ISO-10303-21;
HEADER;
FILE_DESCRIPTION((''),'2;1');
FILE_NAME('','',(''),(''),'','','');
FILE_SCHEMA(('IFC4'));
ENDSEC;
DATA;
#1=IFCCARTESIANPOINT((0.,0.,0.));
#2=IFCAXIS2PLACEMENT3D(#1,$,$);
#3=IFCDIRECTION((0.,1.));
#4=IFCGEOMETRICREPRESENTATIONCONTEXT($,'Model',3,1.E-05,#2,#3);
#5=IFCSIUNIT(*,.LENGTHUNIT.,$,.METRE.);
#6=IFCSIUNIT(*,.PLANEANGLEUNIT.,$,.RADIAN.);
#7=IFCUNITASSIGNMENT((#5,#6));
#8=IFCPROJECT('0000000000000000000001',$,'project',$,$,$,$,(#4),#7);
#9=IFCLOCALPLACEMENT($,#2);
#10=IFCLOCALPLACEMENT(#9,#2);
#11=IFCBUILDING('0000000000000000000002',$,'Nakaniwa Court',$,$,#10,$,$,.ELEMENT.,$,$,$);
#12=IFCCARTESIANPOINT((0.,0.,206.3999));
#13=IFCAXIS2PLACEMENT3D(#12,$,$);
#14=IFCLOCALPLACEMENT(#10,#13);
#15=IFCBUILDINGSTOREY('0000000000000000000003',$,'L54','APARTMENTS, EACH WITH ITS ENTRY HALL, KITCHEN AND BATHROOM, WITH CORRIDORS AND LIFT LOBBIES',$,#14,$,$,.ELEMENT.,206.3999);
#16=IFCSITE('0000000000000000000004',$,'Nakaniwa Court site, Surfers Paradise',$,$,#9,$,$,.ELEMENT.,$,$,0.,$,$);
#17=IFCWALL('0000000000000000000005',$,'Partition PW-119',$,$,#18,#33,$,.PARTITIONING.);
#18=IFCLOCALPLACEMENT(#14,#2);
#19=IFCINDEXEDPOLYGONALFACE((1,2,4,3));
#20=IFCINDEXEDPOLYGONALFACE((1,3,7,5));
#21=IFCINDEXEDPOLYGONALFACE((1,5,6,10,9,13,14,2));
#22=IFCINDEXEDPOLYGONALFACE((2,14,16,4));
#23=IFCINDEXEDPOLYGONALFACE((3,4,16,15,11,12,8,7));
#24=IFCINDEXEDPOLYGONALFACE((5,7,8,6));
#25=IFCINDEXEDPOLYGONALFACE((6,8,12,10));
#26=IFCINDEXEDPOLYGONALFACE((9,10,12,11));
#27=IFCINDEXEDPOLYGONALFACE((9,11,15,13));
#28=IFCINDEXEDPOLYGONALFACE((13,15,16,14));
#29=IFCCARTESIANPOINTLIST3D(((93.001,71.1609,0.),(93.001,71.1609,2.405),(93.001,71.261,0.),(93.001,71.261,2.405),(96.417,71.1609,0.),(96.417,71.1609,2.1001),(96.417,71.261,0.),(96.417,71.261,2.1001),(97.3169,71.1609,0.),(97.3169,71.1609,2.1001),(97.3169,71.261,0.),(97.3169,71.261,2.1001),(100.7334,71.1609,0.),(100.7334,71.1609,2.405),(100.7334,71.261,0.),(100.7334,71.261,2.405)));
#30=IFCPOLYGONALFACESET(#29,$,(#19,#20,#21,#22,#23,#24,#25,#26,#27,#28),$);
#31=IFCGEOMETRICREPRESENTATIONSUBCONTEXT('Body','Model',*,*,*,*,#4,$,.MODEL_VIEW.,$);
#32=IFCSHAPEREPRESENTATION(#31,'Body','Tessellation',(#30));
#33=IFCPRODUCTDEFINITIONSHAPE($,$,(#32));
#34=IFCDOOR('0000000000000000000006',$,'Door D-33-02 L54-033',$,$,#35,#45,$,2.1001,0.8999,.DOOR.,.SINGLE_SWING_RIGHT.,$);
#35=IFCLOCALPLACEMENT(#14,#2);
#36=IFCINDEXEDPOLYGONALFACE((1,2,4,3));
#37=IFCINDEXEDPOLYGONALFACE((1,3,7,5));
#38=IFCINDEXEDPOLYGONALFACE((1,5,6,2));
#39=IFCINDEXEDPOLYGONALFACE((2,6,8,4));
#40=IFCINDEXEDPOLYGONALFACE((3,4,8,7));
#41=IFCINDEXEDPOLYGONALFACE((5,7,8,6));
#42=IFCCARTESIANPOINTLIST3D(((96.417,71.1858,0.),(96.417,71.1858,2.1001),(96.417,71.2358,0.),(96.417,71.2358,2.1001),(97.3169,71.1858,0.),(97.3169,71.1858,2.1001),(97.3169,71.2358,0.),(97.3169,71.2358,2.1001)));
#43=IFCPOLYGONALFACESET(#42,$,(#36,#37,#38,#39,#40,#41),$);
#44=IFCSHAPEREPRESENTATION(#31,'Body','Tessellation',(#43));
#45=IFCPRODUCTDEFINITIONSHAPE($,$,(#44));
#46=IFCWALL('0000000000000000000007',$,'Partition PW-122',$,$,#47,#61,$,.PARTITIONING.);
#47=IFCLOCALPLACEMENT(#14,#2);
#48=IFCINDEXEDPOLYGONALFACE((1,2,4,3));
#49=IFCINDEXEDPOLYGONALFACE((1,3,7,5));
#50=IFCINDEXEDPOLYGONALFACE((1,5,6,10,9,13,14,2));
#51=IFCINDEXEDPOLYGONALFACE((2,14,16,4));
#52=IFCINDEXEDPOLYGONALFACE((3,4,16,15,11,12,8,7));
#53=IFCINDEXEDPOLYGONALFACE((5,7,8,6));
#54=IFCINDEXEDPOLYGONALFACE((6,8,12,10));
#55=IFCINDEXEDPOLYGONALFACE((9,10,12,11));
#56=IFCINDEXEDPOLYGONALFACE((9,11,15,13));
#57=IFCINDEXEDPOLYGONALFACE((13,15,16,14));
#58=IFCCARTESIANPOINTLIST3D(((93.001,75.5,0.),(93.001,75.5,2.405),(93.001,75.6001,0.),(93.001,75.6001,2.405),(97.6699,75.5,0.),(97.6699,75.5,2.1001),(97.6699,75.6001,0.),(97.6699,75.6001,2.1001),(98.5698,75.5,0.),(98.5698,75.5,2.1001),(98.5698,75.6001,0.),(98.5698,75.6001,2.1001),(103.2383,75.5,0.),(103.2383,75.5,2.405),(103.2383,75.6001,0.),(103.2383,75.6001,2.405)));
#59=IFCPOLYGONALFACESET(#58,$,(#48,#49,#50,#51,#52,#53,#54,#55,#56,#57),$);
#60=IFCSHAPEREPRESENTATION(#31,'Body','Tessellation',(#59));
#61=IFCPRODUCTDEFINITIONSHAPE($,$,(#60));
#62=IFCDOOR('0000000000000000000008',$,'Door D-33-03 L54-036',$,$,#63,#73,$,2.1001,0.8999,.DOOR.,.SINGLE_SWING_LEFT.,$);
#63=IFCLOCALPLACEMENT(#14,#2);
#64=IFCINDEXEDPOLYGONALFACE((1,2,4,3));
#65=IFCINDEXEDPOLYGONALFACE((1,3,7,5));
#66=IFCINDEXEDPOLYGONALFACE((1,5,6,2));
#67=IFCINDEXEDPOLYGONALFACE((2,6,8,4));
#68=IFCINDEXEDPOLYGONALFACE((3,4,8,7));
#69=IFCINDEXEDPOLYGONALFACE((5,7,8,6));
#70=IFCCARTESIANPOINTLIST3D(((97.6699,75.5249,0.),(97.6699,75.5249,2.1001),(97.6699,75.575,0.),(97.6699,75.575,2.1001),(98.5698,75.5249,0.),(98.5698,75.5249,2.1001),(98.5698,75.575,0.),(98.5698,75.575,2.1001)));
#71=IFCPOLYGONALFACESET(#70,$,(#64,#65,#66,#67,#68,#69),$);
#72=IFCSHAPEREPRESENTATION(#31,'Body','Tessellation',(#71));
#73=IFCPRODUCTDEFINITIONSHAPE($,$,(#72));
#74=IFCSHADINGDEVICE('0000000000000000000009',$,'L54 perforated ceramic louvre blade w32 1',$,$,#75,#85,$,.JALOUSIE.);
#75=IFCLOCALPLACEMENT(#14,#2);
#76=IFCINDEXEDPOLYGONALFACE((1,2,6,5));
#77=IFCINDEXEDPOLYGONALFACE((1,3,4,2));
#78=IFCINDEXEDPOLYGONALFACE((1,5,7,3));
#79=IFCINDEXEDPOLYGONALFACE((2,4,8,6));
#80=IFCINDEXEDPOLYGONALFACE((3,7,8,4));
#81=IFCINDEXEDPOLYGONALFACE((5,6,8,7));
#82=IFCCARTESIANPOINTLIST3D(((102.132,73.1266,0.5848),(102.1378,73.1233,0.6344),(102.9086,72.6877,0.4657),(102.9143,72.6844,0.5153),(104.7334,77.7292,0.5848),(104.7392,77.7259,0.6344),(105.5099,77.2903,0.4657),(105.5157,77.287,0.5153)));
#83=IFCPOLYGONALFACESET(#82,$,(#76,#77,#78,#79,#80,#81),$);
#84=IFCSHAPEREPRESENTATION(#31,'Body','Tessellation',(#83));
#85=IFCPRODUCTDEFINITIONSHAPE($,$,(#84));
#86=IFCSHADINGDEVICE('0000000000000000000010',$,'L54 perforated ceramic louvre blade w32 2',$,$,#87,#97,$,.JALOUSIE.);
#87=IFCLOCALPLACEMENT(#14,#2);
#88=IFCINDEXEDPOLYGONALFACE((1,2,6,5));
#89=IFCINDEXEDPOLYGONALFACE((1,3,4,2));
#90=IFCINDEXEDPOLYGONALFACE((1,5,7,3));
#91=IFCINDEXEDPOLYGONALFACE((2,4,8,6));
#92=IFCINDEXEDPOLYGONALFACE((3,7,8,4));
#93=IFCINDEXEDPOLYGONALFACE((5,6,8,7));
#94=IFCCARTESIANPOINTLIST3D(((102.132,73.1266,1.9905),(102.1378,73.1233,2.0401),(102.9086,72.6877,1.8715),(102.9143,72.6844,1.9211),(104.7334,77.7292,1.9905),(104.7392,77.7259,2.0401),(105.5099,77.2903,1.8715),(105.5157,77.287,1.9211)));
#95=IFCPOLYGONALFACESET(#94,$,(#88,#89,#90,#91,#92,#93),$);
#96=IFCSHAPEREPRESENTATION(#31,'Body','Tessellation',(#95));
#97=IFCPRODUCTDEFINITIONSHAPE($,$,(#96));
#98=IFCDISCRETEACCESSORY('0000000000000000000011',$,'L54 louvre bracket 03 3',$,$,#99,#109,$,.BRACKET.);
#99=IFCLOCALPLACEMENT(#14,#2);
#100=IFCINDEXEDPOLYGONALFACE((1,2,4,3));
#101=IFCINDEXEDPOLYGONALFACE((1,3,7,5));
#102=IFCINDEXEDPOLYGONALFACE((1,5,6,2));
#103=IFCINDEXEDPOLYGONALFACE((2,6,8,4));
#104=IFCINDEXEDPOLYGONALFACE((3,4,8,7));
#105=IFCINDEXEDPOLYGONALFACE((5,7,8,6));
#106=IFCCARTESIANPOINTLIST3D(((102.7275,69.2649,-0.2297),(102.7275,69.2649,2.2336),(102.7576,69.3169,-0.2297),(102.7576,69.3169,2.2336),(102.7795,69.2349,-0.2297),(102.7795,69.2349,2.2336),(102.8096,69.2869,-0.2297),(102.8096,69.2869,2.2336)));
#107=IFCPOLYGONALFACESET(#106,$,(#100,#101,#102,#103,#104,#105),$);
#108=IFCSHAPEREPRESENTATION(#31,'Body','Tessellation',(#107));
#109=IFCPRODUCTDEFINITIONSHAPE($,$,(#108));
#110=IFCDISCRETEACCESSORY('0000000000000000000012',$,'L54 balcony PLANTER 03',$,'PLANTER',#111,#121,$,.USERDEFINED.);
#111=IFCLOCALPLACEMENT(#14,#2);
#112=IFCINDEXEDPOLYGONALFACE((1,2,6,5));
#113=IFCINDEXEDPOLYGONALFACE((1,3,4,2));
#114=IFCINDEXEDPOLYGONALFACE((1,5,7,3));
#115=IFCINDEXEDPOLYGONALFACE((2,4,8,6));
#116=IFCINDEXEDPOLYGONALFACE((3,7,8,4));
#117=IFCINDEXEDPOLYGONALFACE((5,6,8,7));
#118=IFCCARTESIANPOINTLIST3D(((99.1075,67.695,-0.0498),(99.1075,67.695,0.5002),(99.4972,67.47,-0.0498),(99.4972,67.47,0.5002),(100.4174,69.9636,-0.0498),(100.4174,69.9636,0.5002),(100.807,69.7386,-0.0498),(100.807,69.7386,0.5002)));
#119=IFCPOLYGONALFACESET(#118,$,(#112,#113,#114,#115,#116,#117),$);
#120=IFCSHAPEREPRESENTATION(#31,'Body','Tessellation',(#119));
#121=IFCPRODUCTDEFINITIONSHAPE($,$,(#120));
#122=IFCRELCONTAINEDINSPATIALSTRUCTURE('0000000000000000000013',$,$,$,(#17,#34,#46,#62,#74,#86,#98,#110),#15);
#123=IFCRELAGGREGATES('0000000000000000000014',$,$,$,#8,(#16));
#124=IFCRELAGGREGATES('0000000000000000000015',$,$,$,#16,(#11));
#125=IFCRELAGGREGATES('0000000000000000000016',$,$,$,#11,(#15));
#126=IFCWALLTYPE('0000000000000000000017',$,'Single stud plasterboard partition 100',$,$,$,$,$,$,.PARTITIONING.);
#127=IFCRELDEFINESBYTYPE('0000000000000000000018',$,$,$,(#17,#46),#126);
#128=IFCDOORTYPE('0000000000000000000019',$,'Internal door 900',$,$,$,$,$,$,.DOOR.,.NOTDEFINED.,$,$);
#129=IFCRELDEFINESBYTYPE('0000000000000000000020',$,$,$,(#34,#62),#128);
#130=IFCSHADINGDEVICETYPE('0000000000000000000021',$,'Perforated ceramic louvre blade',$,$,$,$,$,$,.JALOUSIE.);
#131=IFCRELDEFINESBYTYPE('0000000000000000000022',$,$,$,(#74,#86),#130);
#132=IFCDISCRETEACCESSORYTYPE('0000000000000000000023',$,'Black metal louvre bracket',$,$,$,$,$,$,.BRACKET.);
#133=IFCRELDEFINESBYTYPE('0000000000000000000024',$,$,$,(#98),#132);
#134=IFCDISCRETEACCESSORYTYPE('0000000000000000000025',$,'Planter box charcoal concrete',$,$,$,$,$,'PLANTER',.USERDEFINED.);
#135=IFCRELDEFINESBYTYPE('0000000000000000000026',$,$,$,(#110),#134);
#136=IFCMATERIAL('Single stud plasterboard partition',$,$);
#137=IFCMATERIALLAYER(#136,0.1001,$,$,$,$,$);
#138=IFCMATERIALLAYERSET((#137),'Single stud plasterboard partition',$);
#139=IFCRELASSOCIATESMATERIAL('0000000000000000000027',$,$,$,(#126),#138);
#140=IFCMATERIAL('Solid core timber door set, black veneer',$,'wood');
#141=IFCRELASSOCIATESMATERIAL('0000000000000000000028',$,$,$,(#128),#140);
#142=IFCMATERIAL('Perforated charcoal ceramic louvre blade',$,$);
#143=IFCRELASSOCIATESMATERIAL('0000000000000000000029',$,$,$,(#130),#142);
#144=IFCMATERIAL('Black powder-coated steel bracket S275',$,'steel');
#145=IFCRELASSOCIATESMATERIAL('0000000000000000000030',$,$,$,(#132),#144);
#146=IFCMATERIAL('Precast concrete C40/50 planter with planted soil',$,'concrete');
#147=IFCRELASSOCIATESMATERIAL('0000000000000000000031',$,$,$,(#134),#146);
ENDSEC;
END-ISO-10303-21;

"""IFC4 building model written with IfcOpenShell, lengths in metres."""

from ifc_helpers import new_model, si_unit, direction, frame, frame_2d, origin, origin_2d, place, context, subcontext, project, spatial, rectangle, extrude, material, layer, layer_set, material_profile, profile_set, type_object, element, fill, save


model = new_model("IFC4")

# Units and contexts
model_context = context("Model", 3, precision=1e-05, world=origin(), true_north=direction((0.0, 1.0)))
body_context = subcontext(model_context, "Body", "Model", "MODEL_VIEW")
ifc_project = project(units=[si_unit("LENGTHUNIT", "METRE"), si_unit("PLANEANGLEUNIT", "RADIAN")], contexts=[model_context])

# Site, building, storey
site_placement = place(None, origin())
site = spatial("IfcSite", under=ifc_project, at=site_placement, Name="Nakaniwa Court site, Surfers Paradise", CompositionType="ELEMENT", RefElevation=0.0)
building_placement = place(site_placement, origin())
building = spatial("IfcBuilding", under=site, at=building_placement, Name="Nakaniwa Court", CompositionType="ELEMENT")
storey_placement = place(building_placement, frame((0.0, 0.0, 206.3999)))
storey = spatial("IfcBuildingStorey", under=building, at=storey_placement, Name="L54", Description="APARTMENTS, EACH WITH ITS ENTRY HALL, KITCHEN AND BATHROOM, WITH CORRIDORS AND LIFT LOBBIES", CompositionType="ELEMENT", Elevation=206.3999)

# Walls, openings, doors
ifc_material_1 = material(Name="Single stud plasterboard partition")
ifc_layer_1 = layer(ifc_material_1, 0.1001)
ifc_layer_set_1 = layer_set([ifc_layer_1], Name="Single stud plasterboard partition")
wall_type_1 = type_object("IfcWallType", Name="Single stud plasterboard partition 100", PredefinedType="PARTITIONING", material=ifc_layer_set_1)
wall_1_placement = place(storey_placement, frame((93.001, 71.2109, 0.0), z_axis=(0.0, 0.0, 1.0), x_axis=(1.0, 0.0, 0.0)))
wall_1 = element("IfcWall", 1, at=wall_1_placement, inside=storey, type_object=wall_type_1, Name="Partition PW-119", PredefinedType="PARTITIONING", context=body_context, shape_type="SweptSolid", body=[
    extrude(rectangle(XDim=7.7324, YDim=0.1001, at=frame_2d((3.8662, 0.0))), origin(), (0.0, 0.0, 1.0), 2.405),
])
opening_1_placement = place(wall_1_placement, frame((3.416, 0.0, 0.0)))
opening_1 = element("IfcOpeningElement", 2, at=opening_1_placement, cuts=wall_1, PredefinedType="OPENING", context=body_context, shape_type="SweptSolid", body=[
    extrude(rectangle(XDim=0.8999, YDim=2.1001, at=frame_2d((0.45, 1.05))), frame((0.0, 0.0601, 0.0), z_axis=(0.0, -1.0, 0.0), x_axis=(1.0, 0.0, 0.0)), (0.0, 0.0, 1.0), 0.1201),
])
ifc_material_2 = material(Name="Solid core timber door set, black veneer", Category="wood")
door_type = type_object("IfcDoorType", Name="Internal door 900", OperationType="NOTDEFINED", PredefinedType="DOOR", material=ifc_material_2)
door_1_placement = place(opening_1_placement, origin())
door_1 = element("IfcDoor", 3, at=door_1_placement, inside=storey, type_object=door_type, Name="Door D-33-02 L54-033", OperationType="SINGLE_SWING_RIGHT", OverallHeight=2.1001, OverallWidth=0.8999, PredefinedType="DOOR", context=body_context, shape_type="SweptSolid", body=[
    extrude(rectangle(XDim=0.8999, YDim=2.1001, at=frame_2d((0.45, 1.05))), frame((0.0, 0.0249, 0.0), z_axis=(0.0, -1.0, 0.0), x_axis=(1.0, 0.0, 0.0)), (0.0, 0.0, 1.0), 0.05),
])
fill(opening_1, door_1)
wall_2_placement = place(storey_placement, frame((93.001, 75.55, 0.0), z_axis=(0.0, 0.0, 1.0), x_axis=(1.0, 0.0, 0.0)))
wall_2 = element("IfcWall", 4, at=wall_2_placement, inside=storey, type_object=wall_type_1, Name="Partition PW-122", PredefinedType="PARTITIONING", context=body_context, shape_type="SweptSolid", body=[
    extrude(rectangle(XDim=10.2373, YDim=0.1001, at=frame_2d((5.1187, 0.0))), origin(), (0.0, 0.0, 1.0), 2.405),
])
opening_2_placement = place(wall_2_placement, frame((4.6689, 0.0, 0.0)))
opening_2 = element("IfcOpeningElement", 5, at=opening_2_placement, cuts=wall_2, PredefinedType="OPENING", context=body_context, shape_type="SweptSolid", body=[
    extrude(rectangle(XDim=0.8999, YDim=2.1001, at=frame_2d((0.45, 1.05))), frame((0.0, 0.0601, 0.0), z_axis=(0.0, -1.0, 0.0), x_axis=(1.0, 0.0, 0.0)), (0.0, 0.0, 1.0), 0.1201),
])
door_2_placement = place(opening_2_placement, origin())
door_2 = element("IfcDoor", 6, at=door_2_placement, inside=storey, type_object=door_type, Name="Door D-33-03 L54-036", OperationType="SINGLE_SWING_LEFT", OverallHeight=2.1001, OverallWidth=0.8999, PredefinedType="DOOR", context=body_context, shape_type="SweptSolid", body=[
    extrude(rectangle(XDim=0.8999, YDim=2.1001, at=frame_2d((0.45, 1.05))), frame((0.0, 0.0249, 0.0), z_axis=(0.0, -1.0, 0.0), x_axis=(1.0, 0.0, 0.0)), (0.0, 0.0, 1.0), 0.05),
])
fill(opening_2, door_2)

# Shading devices
ifc_material_3 = material(Name="Perforated charcoal ceramic louvre blade")
ifc_material_profile_1 = material_profile(ifc_material_3, rectangle(XDim=0.8999, YDim=0.05, at=origin_2d()), Name="Perforated ceramic louvre blade")
ifc_profile_set_1 = profile_set([ifc_material_profile_1], Name="Perforated charcoal ceramic louvre blade")
shading_device_type = type_object("IfcShadingDeviceType", Name="Perforated ceramic louvre blade", PredefinedType="JALOUSIE", material=ifc_profile_set_1)
for number, where, z_axis, x_axis, name in (
    (7, (102.5232, 72.9055, 0.55), (0.492041, 0.870572, 0.0), (-0.862925, 0.487718, 0.132256), "L54 perforated ceramic louvre blade w32 1"),
    (8, (102.5232, 72.9055, 1.9558), (0.492041, 0.870572, 0.0), (-0.862925, 0.487718, 0.132256), "L54 perforated ceramic louvre blade w32 2"),
):
    element("IfcShadingDevice", number, at=place(storey_placement, frame(where, z_axis=z_axis, x_axis=x_axis)), inside=storey, type_object=shading_device_type, Name=name, PredefinedType="JALOUSIE", context=body_context, shape_type="SweptSolid", body=[
        extrude(rectangle(XDim=0.8999, YDim=0.05, at=origin_2d()), origin(), (0.0, 0.0, 1.0), 5.2869),
    ])

# Discrete accessories
ifc_material_4 = material(Name="Black powder-coated steel bracket S275", Category="steel")
discrete_accessory_type_1 = type_object("IfcDiscreteAccessoryType", Name="Black metal louvre bracket", PredefinedType="BRACKET", material=ifc_material_4)
discrete_accessory_1_placement = place(storey_placement, frame((102.7686, 69.2759, -0.2297), z_axis=(0.0, 0.0, 1.0), x_axis=(0.500017, 0.866016, 0.0)))
element("IfcDiscreteAccessory", 9, at=discrete_accessory_1_placement, inside=storey, type_object=discrete_accessory_type_1, Name="L54 louvre bracket 03 3", PredefinedType="BRACKET", context=body_context, shape_type="SweptSolid", body=[
    extrude(rectangle(XDim=0.0601, YDim=0.0601, at=origin_2d()), origin(), (0.0, 0.0, 1.0), 2.4634),
])
ifc_material_5 = material(Name="Precast concrete C40/50 planter with planted soil", Category="concrete")
discrete_accessory_type_2 = type_object("IfcDiscreteAccessoryType", Name="Planter box charcoal concrete", ElementType="PLANTER", PredefinedType="USERDEFINED", material=ifc_material_5)
discrete_accessory_2_placement = place(storey_placement, frame((99.9573, 68.7168, -0.0498), z_axis=(0.0, 0.0, 1.0), x_axis=(0.500017, 0.866016, 0.0)))
element("IfcDiscreteAccessory", 10, at=discrete_accessory_2_placement, inside=storey, type_object=discrete_accessory_type_2, Name="L54 balcony PLANTER 03", ObjectType="PLANTER", PredefinedType="USERDEFINED", context=body_context, shape_type="SweptSolid", body=[
    extrude(rectangle(XDim=2.6196, YDim=0.45, at=origin_2d()), origin(), (0.0, 0.0, 1.0), 0.55),
])

save(model, "model.ifc")
